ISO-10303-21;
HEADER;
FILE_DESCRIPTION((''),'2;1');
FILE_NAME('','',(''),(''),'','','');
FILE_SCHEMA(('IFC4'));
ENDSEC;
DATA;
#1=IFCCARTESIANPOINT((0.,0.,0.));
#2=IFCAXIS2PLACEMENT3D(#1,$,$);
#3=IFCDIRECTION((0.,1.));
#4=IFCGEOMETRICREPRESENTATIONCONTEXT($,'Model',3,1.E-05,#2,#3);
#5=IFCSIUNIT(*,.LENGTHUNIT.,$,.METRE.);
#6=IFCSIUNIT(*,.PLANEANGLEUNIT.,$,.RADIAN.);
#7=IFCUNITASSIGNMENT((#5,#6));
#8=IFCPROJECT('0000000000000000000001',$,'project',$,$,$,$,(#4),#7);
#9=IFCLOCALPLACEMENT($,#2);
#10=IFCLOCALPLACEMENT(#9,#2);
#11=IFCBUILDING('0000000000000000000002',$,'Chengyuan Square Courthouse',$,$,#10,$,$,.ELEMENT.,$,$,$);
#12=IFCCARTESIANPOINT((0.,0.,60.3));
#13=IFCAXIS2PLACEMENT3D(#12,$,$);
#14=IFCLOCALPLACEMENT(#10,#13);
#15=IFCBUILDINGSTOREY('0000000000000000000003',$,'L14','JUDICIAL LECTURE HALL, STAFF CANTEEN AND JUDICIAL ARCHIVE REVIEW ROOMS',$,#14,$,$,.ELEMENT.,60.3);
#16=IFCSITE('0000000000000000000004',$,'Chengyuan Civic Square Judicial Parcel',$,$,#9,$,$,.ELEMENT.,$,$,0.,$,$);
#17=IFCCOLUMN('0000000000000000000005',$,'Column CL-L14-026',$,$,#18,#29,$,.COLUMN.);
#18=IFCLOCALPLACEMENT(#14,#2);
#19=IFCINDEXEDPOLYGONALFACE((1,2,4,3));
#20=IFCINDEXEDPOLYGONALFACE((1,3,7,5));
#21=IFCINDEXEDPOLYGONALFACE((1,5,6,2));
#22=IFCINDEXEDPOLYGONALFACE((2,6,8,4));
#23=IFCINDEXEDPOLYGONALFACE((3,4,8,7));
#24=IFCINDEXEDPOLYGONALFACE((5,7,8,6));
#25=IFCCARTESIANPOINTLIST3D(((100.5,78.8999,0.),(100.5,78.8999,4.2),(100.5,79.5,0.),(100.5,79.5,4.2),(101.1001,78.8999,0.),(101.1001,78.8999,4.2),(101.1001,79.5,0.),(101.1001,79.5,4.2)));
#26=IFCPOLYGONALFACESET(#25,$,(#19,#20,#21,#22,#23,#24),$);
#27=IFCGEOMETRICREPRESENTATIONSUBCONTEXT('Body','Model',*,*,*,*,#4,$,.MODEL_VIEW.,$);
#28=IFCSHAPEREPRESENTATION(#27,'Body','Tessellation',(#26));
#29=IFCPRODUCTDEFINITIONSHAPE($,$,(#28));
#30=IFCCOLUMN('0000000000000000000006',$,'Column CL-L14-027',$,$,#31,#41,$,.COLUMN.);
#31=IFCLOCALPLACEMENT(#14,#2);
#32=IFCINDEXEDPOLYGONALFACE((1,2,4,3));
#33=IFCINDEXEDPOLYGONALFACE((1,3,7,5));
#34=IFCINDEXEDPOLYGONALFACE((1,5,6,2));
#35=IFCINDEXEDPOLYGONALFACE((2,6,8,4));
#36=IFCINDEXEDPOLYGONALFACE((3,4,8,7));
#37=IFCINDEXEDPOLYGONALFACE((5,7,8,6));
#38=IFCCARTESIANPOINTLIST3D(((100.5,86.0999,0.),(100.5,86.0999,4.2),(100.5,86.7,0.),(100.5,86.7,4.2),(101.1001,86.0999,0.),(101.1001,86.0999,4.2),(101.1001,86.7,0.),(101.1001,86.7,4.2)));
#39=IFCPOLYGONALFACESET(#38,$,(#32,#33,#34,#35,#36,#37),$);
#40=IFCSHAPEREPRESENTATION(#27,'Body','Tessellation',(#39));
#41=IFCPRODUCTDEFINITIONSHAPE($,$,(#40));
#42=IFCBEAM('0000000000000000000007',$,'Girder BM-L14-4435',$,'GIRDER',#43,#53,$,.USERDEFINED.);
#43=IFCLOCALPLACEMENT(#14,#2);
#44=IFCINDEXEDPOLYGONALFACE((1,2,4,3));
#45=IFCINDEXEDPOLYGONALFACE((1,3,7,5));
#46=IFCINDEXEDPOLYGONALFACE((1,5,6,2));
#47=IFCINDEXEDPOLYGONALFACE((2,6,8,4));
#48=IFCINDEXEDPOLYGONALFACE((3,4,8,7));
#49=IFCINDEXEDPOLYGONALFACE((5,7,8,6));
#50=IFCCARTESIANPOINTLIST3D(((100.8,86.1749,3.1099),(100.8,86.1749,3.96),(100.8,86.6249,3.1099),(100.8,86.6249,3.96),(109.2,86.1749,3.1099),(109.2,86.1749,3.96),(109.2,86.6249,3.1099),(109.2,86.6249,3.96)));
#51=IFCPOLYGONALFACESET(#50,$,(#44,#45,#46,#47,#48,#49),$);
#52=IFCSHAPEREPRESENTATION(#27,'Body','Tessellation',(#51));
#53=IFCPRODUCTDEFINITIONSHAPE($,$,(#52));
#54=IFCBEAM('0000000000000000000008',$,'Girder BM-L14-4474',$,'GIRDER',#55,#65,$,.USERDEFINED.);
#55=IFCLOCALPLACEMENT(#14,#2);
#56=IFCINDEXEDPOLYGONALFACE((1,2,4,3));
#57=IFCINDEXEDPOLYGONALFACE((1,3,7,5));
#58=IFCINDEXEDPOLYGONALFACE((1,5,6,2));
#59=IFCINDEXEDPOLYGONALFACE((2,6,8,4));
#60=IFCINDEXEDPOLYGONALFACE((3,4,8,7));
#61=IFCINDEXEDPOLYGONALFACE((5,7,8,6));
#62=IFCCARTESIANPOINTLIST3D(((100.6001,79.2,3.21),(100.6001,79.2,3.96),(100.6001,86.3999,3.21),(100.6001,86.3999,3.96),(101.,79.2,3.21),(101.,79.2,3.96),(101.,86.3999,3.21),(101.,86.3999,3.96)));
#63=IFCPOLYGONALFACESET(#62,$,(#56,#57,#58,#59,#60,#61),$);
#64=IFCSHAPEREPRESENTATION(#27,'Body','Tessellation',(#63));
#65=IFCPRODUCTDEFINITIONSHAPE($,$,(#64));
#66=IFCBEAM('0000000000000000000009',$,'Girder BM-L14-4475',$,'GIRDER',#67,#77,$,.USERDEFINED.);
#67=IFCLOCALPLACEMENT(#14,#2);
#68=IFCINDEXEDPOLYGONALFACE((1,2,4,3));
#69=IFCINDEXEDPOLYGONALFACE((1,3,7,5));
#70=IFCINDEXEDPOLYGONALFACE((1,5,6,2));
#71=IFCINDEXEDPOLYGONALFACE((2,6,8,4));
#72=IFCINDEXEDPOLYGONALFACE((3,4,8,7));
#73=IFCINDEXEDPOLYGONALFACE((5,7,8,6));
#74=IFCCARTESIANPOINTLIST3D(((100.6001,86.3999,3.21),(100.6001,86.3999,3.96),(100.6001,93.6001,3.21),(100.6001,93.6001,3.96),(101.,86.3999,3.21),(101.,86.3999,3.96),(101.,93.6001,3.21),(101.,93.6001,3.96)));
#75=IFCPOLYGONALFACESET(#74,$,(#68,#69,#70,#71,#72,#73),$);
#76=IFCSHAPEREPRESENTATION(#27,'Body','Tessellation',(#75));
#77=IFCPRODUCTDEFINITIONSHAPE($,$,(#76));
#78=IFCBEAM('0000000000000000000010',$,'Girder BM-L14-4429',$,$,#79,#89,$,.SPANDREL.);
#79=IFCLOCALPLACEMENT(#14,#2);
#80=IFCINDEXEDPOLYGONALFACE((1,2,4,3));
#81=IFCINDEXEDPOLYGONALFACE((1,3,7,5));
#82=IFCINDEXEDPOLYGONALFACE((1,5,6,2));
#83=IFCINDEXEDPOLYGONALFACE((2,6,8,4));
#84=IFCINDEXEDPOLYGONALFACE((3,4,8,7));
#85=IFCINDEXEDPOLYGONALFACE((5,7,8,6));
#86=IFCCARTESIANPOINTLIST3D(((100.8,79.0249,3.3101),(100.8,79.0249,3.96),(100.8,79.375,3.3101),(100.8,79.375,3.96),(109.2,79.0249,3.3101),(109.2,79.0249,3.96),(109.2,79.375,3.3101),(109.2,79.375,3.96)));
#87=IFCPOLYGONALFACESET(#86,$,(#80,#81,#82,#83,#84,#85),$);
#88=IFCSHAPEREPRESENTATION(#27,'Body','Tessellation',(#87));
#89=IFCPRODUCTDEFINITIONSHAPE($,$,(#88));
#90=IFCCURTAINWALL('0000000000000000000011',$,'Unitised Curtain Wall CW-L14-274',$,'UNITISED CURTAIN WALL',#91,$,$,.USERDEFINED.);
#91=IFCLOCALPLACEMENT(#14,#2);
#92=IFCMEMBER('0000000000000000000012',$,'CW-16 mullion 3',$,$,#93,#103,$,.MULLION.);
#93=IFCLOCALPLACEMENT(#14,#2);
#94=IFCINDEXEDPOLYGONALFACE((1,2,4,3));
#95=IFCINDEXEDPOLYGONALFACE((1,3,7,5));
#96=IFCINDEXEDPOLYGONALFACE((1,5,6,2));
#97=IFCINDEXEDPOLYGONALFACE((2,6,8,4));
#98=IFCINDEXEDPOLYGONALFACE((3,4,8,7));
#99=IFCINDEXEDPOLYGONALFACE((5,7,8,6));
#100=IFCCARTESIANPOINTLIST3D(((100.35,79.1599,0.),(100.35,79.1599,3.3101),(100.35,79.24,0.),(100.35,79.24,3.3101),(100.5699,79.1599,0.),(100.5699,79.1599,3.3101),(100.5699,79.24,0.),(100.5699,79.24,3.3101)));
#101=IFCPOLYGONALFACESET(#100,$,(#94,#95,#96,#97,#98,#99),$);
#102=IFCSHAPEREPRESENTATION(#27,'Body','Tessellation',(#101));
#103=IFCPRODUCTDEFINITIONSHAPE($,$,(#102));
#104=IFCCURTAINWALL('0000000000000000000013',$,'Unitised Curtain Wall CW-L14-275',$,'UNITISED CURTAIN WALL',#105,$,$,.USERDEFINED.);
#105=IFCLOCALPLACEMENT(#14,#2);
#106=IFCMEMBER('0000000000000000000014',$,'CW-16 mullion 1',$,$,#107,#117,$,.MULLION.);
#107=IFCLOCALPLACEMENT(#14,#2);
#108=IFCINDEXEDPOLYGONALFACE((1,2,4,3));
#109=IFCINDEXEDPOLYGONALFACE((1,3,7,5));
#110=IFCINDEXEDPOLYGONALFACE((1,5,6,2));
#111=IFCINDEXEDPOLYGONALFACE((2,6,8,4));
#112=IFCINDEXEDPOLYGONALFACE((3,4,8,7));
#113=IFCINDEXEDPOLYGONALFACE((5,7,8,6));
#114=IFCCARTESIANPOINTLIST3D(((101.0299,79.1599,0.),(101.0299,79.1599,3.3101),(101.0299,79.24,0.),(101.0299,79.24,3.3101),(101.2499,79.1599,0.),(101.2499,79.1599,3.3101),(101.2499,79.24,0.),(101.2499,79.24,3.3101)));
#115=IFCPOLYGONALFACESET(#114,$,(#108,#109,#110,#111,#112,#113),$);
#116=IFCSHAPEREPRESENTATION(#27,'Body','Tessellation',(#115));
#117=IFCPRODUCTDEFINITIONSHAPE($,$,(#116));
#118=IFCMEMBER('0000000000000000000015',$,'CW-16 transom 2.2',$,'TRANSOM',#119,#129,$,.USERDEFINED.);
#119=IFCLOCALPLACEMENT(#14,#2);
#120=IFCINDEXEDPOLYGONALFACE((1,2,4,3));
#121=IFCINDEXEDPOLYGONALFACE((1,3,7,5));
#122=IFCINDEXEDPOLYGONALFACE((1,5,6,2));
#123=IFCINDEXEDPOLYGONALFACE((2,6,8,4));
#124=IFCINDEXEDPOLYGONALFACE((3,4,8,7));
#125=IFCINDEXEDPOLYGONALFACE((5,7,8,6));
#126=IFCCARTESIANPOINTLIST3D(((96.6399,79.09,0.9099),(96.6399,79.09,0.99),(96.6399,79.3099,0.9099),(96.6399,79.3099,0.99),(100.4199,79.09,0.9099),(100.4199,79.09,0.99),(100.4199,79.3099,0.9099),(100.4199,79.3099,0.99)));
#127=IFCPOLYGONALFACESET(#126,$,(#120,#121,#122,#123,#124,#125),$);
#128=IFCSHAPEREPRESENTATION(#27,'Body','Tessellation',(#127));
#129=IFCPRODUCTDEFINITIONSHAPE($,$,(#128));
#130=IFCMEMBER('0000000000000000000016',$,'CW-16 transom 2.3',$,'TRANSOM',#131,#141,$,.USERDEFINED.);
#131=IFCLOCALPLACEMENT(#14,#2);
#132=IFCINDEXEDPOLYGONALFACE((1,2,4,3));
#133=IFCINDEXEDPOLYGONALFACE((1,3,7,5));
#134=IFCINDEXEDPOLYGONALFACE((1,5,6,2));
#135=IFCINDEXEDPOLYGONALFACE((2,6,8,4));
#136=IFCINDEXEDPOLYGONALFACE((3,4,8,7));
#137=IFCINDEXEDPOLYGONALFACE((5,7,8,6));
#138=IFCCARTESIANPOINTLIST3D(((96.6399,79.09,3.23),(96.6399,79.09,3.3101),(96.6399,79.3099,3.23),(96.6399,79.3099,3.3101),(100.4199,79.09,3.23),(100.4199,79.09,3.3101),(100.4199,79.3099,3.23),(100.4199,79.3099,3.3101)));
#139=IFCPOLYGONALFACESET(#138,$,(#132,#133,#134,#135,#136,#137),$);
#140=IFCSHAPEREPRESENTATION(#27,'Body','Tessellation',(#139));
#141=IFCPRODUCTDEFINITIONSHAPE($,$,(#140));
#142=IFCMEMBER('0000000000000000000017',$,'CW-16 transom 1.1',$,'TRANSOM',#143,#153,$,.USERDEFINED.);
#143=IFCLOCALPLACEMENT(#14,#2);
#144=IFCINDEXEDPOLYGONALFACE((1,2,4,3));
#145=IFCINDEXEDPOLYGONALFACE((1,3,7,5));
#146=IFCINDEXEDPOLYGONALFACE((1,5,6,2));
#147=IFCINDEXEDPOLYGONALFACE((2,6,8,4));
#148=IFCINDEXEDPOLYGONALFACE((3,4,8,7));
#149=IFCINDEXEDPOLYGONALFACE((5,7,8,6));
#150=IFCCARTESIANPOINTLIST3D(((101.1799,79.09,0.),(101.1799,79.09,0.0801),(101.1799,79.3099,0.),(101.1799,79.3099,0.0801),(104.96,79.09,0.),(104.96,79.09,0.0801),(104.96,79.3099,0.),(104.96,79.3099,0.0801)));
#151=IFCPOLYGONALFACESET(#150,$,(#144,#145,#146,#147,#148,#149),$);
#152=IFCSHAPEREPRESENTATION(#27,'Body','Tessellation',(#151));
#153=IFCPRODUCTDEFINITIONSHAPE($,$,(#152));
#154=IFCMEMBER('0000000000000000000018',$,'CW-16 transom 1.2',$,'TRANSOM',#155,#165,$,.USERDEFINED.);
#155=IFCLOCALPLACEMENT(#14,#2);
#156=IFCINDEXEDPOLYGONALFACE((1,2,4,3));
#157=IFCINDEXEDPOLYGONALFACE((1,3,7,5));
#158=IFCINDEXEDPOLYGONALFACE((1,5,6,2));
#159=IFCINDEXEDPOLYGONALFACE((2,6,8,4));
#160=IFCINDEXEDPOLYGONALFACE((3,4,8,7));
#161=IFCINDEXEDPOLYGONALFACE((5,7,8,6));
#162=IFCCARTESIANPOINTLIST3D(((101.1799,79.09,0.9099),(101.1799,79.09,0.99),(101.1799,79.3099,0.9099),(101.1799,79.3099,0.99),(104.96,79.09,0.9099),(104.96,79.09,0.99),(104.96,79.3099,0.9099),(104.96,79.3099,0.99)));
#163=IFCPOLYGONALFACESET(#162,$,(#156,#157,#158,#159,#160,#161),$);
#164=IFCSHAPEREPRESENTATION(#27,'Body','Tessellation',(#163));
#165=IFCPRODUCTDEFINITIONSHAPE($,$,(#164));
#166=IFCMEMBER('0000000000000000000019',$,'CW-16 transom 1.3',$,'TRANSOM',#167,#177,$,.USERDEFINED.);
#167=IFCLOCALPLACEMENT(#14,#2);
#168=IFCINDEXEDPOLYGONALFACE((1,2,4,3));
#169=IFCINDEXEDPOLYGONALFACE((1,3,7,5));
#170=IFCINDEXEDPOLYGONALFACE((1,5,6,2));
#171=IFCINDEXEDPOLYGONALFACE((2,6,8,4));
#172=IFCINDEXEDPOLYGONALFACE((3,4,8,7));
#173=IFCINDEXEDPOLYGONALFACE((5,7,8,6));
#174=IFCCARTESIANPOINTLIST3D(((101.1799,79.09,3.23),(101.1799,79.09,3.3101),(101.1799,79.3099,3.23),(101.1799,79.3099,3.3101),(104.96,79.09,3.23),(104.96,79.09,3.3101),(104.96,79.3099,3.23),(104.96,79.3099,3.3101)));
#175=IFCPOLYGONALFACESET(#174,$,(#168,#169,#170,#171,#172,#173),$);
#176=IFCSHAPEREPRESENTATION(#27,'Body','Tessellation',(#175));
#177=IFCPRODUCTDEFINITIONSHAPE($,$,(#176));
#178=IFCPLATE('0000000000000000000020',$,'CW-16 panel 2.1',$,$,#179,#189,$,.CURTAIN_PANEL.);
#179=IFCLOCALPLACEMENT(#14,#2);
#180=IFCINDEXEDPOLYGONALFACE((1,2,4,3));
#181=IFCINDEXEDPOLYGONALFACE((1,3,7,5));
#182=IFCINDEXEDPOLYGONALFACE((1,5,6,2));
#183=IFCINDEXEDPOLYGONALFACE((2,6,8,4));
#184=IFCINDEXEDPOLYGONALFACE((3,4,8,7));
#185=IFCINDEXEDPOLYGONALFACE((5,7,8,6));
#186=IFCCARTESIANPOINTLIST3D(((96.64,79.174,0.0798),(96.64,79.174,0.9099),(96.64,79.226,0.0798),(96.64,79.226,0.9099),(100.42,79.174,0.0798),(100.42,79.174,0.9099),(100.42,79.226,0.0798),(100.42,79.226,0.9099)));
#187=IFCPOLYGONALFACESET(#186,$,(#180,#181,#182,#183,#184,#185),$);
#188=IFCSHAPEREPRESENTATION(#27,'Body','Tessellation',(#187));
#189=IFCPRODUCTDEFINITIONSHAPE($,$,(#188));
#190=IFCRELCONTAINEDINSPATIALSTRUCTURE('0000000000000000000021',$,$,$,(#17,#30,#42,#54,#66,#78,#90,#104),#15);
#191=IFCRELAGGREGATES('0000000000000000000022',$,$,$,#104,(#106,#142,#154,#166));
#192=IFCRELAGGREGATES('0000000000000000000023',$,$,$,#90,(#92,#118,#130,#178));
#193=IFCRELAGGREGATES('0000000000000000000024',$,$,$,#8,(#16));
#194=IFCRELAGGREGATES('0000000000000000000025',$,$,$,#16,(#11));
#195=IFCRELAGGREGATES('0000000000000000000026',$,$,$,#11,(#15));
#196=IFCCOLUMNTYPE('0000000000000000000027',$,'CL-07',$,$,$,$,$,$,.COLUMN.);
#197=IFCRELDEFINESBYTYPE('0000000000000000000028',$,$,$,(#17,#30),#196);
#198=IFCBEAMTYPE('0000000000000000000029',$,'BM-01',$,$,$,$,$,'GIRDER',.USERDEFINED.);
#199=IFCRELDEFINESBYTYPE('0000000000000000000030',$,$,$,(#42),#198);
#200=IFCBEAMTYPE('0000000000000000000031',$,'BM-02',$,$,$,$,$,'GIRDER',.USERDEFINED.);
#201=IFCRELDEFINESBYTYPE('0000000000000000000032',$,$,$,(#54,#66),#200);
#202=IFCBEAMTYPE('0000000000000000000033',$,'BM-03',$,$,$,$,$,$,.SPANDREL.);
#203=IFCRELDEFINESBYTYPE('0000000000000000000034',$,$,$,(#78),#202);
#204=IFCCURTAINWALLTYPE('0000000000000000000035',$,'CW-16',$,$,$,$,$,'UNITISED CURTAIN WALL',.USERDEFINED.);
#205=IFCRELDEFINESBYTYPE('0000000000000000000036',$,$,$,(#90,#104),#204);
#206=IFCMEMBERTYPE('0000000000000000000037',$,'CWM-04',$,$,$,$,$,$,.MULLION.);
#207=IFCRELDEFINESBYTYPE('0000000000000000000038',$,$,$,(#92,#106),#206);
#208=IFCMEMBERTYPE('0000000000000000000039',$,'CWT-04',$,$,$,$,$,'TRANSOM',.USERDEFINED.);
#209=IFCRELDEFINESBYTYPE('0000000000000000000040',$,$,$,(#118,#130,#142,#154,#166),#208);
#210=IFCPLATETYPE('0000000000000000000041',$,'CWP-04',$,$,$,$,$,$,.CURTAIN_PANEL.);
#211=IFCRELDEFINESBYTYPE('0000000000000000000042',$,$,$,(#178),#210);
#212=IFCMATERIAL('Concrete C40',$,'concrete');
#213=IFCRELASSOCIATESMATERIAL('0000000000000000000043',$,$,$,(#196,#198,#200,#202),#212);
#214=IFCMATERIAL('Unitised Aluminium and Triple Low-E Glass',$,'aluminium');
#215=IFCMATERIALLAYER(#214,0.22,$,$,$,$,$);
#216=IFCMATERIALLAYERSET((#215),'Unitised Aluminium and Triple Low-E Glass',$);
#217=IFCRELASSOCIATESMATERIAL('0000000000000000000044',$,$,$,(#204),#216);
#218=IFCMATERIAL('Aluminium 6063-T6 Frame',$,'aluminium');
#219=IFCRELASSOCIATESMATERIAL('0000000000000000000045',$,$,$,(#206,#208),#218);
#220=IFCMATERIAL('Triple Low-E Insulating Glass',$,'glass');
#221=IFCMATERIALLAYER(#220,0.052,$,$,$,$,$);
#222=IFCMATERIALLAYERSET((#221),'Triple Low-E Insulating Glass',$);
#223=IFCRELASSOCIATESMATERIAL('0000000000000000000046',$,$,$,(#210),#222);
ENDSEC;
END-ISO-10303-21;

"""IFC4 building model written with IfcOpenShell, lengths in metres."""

from ifc_helpers import new_model, si_unit, direction, frame, origin, origin_2d, place, context, subcontext, project, spatial, rectangle, extrude, material, layer, layer_set, material_profile, profile_set, type_object, element, aggregate, save


model = new_model("IFC4")

# Units and contexts
model_context = context("Model", 3, precision=1e-05, world=origin(), true_north=direction((0.0, 1.0)))
body_context = subcontext(model_context, "Body", "Model", "MODEL_VIEW")
ifc_project = project(units=[si_unit("LENGTHUNIT", "METRE"), si_unit("PLANEANGLEUNIT", "RADIAN")], contexts=[model_context])

# Site, building, storey
site_placement = place(None, origin())
site = spatial("IfcSite", under=ifc_project, at=site_placement, Name="Chengyuan Civic Square Judicial Parcel", CompositionType="ELEMENT", RefElevation=0.0)
building_placement = place(site_placement, origin())
building = spatial("IfcBuilding", under=site, at=building_placement, Name="Chengyuan Square Courthouse", CompositionType="ELEMENT")
storey_placement = place(building_placement, frame((0.0, 0.0, 60.3)))
storey = spatial("IfcBuildingStorey", under=building, at=storey_placement, Name="L14", Description="JUDICIAL LECTURE HALL, STAFF CANTEEN AND JUDICIAL ARCHIVE REVIEW ROOMS", CompositionType="ELEMENT", Elevation=60.3)

# Columns
ifc_material_1 = material(Name="Concrete C40", Category="concrete")
ifc_material_profile_1 = material_profile(ifc_material_1, rectangle(XDim=0.6001, YDim=0.6001, at=origin_2d()), Name="RC-COL-600x600")
ifc_profile_set_1 = profile_set([ifc_material_profile_1], Name="Concrete C40")
column_type = type_object("IfcColumnType", Name="CL-07", PredefinedType="COLUMN", material=ifc_profile_set_1)
for number, where, z_axis, x_axis, name in (
    (1, (100.8, 79.2, 0.0), (0.0, 0.0, 1.0), (1.0, 0.0, 0.0), "Column CL-L14-026"),
    (2, (100.8, 86.3999, 0.0), (0.0, 0.0, 1.0), (1.0, 0.0, 0.0), "Column CL-L14-027"),
):
    element("IfcColumn", number, at=place(storey_placement, frame(where, z_axis=z_axis, x_axis=x_axis)), inside=storey, type_object=column_type, Name=name, PredefinedType="COLUMN", context=body_context, shape_type="SweptSolid", body=[
        extrude(rectangle(XDim=0.6001, YDim=0.6001, at=origin_2d()), origin(), (0.0, 0.0, 1.0), 4.2),
    ])

# Beams
ifc_material_profile_2 = material_profile(ifc_material_1, rectangle(XDim=0.45, YDim=0.8501, at=origin_2d()), Name="RC-BM-450x850")
ifc_profile_set_2 = profile_set([ifc_material_profile_2], Name="Concrete C40")
beam_type_1 = type_object("IfcBeamType", Name="BM-01", ElementType="GIRDER", PredefinedType="USERDEFINED", material=ifc_profile_set_2)
beam_1_placement = place(storey_placement, frame((100.8, 86.3999, 3.5349), z_axis=(1.0, 0.0, 0.0), x_axis=(0.0, 1.0, 0.0)))
element("IfcBeam", 3, at=beam_1_placement, inside=storey, type_object=beam_type_1, Name="Girder BM-L14-4435", ObjectType="GIRDER", PredefinedType="USERDEFINED", context=body_context, shape_type="SweptSolid", body=[
    extrude(rectangle(XDim=0.45, YDim=0.8501, at=origin_2d()), origin(), (0.0, 0.0, 1.0), 8.3999),
])
ifc_material_profile_3 = material_profile(ifc_material_1, rectangle(XDim=0.3999, YDim=0.75, at=origin_2d()), Name="RC-BM-400x750")
ifc_profile_set_3 = profile_set([ifc_material_profile_3], Name="Concrete C40")
beam_type_2 = type_object("IfcBeamType", Name="BM-02", ElementType="GIRDER", PredefinedType="USERDEFINED", material=ifc_profile_set_3)
beam_2_placement = place(storey_placement, frame((100.8, 79.2, 3.585), z_axis=(0.0, 1.0, 0.0), x_axis=(-1.0, 0.0, 0.0)))
element("IfcBeam", 4, at=beam_2_placement, inside=storey, type_object=beam_type_2, Name="Girder BM-L14-4474", ObjectType="GIRDER", PredefinedType="USERDEFINED", context=body_context, shape_type="SweptSolid", body=[
    extrude(rectangle(XDim=0.3999, YDim=0.75, at=origin_2d()), origin(), (0.0, 0.0, 1.0), 7.2),
])
beam_3_placement = place(storey_placement, frame((100.8, 86.3999, 3.585), z_axis=(0.0, 1.0, 0.0), x_axis=(-1.0, 0.0, 0.0)))
element("IfcBeam", 5, at=beam_3_placement, inside=storey, type_object=beam_type_2, Name="Girder BM-L14-4475", ObjectType="GIRDER", PredefinedType="USERDEFINED", context=body_context, shape_type="SweptSolid", body=[
    extrude(rectangle(XDim=0.3999, YDim=0.75, at=origin_2d()), origin(), (0.0, 0.0, 1.0), 7.2002),
])
ifc_material_profile_4 = material_profile(ifc_material_1, rectangle(XDim=0.3501, YDim=0.6499, at=origin_2d()), Name="RC-BM-350x650")
ifc_profile_set_4 = profile_set([ifc_material_profile_4], Name="Concrete C40")
beam_type_3 = type_object("IfcBeamType", Name="BM-03", PredefinedType="SPANDREL", material=ifc_profile_set_4)
beam_4_placement = place(storey_placement, frame((100.8, 79.2, 3.635), z_axis=(1.0, 0.0, 0.0), x_axis=(0.0, 1.0, 0.0)))
element("IfcBeam", 6, at=beam_4_placement, inside=storey, type_object=beam_type_3, Name="Girder BM-L14-4429", PredefinedType="SPANDREL", context=body_context, shape_type="SweptSolid", body=[
    extrude(rectangle(XDim=0.3501, YDim=0.6499, at=origin_2d()), origin(), (0.0, 0.0, 1.0), 8.3999),
])

# Curtain walls, members
ifc_material_2 = material(Name="Unitised Aluminium and Triple Low-E Glass", Category="aluminium")
ifc_layer_1 = layer(ifc_material_2, 0.22)
ifc_layer_set_1 = layer_set([ifc_layer_1], Name="Unitised Aluminium and Triple Low-E Glass")
curtain_wall_type = type_object("IfcCurtainWallType", Name="CW-16", ElementType="UNITISED CURTAIN WALL", PredefinedType="USERDEFINED", material=ifc_layer_set_1)
curtain_wall_1_placement = place(storey_placement, origin())
curtain_wall_1 = element("IfcCurtainWall", 7, at=curtain_wall_1_placement, inside=storey, type_object=curtain_wall_type, Name="Unitised Curtain Wall CW-L14-274", ObjectType="UNITISED CURTAIN WALL", PredefinedType="USERDEFINED")
ifc_material_3 = material(Name="Aluminium 6063-T6 Frame", Category="aluminium")
ifc_material_profile_5 = material_profile(ifc_material_3, rectangle(XDim=0.0801, YDim=0.22, at=origin_2d()), Name="CW-MUL-80x220")
ifc_profile_set_5 = profile_set([ifc_material_profile_5], Name="Aluminium 6063-T6 Frame")
member_type_1 = type_object("IfcMemberType", Name="CWM-04", PredefinedType="MULLION", material=ifc_profile_set_5)
member_1_placement = place(storey_placement, frame((100.46, 79.2, 0.0), z_axis=(0.0, 0.0, 1.0), x_axis=(0.0, 1.0, 0.0)))
member_1 = element("IfcMember", 8, at=member_1_placement, type_object=member_type_1, Name="CW-16 mullion 3", PredefinedType="MULLION", context=body_context, shape_type="SweptSolid", body=[
    extrude(rectangle(XDim=0.0801, YDim=0.22, at=origin_2d()), origin(), (0.0, 0.0, 1.0), 3.3101),
])
curtain_wall_2_placement = place(storey_placement, origin())
curtain_wall_2 = element("IfcCurtainWall", 9, at=curtain_wall_2_placement, inside=storey, type_object=curtain_wall_type, Name="Unitised Curtain Wall CW-L14-275", ObjectType="UNITISED CURTAIN WALL", PredefinedType="USERDEFINED")
member_2_placement = place(storey_placement, frame((101.1399, 79.2, 0.0), z_axis=(0.0, 0.0, 1.0), x_axis=(0.0, 1.0, 0.0)))
member_2 = element("IfcMember", 10, at=member_2_placement, type_object=member_type_1, Name="CW-16 mullion 1", PredefinedType="MULLION", context=body_context, shape_type="SweptSolid", body=[
    extrude(rectangle(XDim=0.0801, YDim=0.22, at=origin_2d()), origin(), (0.0, 0.0, 1.0), 3.3101),
])

# Members
ifc_material_profile_6 = material_profile(ifc_material_3, rectangle(XDim=0.22, YDim=0.0801, at=origin_2d()), Name="CW-TRN-80x180")
ifc_profile_set_6 = profile_set([ifc_material_profile_6], Name="Aluminium 6063-T6 Frame")
member_type_2 = type_object("IfcMemberType", Name="CWT-04", ElementType="TRANSOM", PredefinedType="USERDEFINED", material=ifc_profile_set_6)
member_3_placement = place(storey_placement, frame((96.6399, 79.2, 0.95), z_axis=(1.0, 0.0, 0.0), x_axis=(0.0, 1.0, 0.0)))
member_3 = element("IfcMember", 11, at=member_3_placement, type_object=member_type_2, Name="CW-16 transom 2.2", ObjectType="TRANSOM", PredefinedType="USERDEFINED", context=body_context, shape_type="SweptSolid", body=[
    extrude(rectangle(XDim=0.22, YDim=0.0801, at=origin_2d()), origin(), (0.0, 0.0, 1.0), 3.78),
])
member_4_placement = place(storey_placement, frame((96.6399, 79.2, 3.27), z_axis=(1.0, 0.0, 0.0), x_axis=(0.0, 1.0, 0.0)))
member_4 = element("IfcMember", 12, at=member_4_placement, type_object=member_type_2, Name="CW-16 transom 2.3", ObjectType="TRANSOM", PredefinedType="USERDEFINED", context=body_context, shape_type="SweptSolid", body=[
    extrude(rectangle(XDim=0.22, YDim=0.0801, at=origin_2d()), origin(), (0.0, 0.0, 1.0), 3.78),
])
member_5_placement = place(storey_placement, frame((101.1799, 79.2, 0.04), z_axis=(1.0, 0.0, 0.0), x_axis=(0.0, 1.0, 0.0)))
member_5 = element("IfcMember", 13, at=member_5_placement, type_object=member_type_2, Name="CW-16 transom 1.1", ObjectType="TRANSOM", PredefinedType="USERDEFINED", context=body_context, shape_type="SweptSolid", body=[
    extrude(rectangle(XDim=0.22, YDim=0.0801, at=origin_2d()), origin(), (0.0, 0.0, 1.0), 3.78),
])
member_6_placement = place(storey_placement, frame((101.1799, 79.2, 0.95), z_axis=(1.0, 0.0, 0.0), x_axis=(0.0, 1.0, 0.0)))
member_6 = element("IfcMember", 14, at=member_6_placement, type_object=member_type_2, Name="CW-16 transom 1.2", ObjectType="TRANSOM", PredefinedType="USERDEFINED", context=body_context, shape_type="SweptSolid", body=[
    extrude(rectangle(XDim=0.22, YDim=0.0801, at=origin_2d()), origin(), (0.0, 0.0, 1.0), 3.78),
])
member_7_placement = place(storey_placement, frame((101.1799, 79.2, 3.27), z_axis=(1.0, 0.0, 0.0), x_axis=(0.0, 1.0, 0.0)))
member_7 = element("IfcMember", 15, at=member_7_placement, type_object=member_type_2, Name="CW-16 transom 1.3", ObjectType="TRANSOM", PredefinedType="USERDEFINED", context=body_context, shape_type="SweptSolid", body=[
    extrude(rectangle(XDim=0.22, YDim=0.0801, at=origin_2d()), origin(), (0.0, 0.0, 1.0), 3.78),
])
aggregate(curtain_wall_2, [member_2, member_5, member_6, member_7])

# Plate
ifc_material_4 = material(Name="Triple Low-E Insulating Glass", Category="glass")
ifc_layer_2 = layer(ifc_material_4, 0.052)
ifc_layer_set_2 = layer_set([ifc_layer_2], Name="Triple Low-E Insulating Glass")
plate_type = type_object("IfcPlateType", Name="CWP-04", PredefinedType="CURTAIN_PANEL", material=ifc_layer_set_2)
plate_1_placement = place(storey_placement, frame((98.53, 79.2, 0.0798), z_axis=(0.0, 0.0, 1.0), x_axis=(1.0, 0.0, 0.0)))
plate_1 = element("IfcPlate", 16, at=plate_1_placement, type_object=plate_type, Name="CW-16 panel 2.1", PredefinedType="CURTAIN_PANEL", context=body_context, shape_type="SweptSolid", body=[
    extrude(rectangle(XDim=3.78, YDim=0.052, at=origin_2d()), origin(), (0.0, 0.0, 1.0), 0.8301),
])
aggregate(curtain_wall_1, [member_1, member_3, member_4, plate_1])

save(model, "model.ifc")
